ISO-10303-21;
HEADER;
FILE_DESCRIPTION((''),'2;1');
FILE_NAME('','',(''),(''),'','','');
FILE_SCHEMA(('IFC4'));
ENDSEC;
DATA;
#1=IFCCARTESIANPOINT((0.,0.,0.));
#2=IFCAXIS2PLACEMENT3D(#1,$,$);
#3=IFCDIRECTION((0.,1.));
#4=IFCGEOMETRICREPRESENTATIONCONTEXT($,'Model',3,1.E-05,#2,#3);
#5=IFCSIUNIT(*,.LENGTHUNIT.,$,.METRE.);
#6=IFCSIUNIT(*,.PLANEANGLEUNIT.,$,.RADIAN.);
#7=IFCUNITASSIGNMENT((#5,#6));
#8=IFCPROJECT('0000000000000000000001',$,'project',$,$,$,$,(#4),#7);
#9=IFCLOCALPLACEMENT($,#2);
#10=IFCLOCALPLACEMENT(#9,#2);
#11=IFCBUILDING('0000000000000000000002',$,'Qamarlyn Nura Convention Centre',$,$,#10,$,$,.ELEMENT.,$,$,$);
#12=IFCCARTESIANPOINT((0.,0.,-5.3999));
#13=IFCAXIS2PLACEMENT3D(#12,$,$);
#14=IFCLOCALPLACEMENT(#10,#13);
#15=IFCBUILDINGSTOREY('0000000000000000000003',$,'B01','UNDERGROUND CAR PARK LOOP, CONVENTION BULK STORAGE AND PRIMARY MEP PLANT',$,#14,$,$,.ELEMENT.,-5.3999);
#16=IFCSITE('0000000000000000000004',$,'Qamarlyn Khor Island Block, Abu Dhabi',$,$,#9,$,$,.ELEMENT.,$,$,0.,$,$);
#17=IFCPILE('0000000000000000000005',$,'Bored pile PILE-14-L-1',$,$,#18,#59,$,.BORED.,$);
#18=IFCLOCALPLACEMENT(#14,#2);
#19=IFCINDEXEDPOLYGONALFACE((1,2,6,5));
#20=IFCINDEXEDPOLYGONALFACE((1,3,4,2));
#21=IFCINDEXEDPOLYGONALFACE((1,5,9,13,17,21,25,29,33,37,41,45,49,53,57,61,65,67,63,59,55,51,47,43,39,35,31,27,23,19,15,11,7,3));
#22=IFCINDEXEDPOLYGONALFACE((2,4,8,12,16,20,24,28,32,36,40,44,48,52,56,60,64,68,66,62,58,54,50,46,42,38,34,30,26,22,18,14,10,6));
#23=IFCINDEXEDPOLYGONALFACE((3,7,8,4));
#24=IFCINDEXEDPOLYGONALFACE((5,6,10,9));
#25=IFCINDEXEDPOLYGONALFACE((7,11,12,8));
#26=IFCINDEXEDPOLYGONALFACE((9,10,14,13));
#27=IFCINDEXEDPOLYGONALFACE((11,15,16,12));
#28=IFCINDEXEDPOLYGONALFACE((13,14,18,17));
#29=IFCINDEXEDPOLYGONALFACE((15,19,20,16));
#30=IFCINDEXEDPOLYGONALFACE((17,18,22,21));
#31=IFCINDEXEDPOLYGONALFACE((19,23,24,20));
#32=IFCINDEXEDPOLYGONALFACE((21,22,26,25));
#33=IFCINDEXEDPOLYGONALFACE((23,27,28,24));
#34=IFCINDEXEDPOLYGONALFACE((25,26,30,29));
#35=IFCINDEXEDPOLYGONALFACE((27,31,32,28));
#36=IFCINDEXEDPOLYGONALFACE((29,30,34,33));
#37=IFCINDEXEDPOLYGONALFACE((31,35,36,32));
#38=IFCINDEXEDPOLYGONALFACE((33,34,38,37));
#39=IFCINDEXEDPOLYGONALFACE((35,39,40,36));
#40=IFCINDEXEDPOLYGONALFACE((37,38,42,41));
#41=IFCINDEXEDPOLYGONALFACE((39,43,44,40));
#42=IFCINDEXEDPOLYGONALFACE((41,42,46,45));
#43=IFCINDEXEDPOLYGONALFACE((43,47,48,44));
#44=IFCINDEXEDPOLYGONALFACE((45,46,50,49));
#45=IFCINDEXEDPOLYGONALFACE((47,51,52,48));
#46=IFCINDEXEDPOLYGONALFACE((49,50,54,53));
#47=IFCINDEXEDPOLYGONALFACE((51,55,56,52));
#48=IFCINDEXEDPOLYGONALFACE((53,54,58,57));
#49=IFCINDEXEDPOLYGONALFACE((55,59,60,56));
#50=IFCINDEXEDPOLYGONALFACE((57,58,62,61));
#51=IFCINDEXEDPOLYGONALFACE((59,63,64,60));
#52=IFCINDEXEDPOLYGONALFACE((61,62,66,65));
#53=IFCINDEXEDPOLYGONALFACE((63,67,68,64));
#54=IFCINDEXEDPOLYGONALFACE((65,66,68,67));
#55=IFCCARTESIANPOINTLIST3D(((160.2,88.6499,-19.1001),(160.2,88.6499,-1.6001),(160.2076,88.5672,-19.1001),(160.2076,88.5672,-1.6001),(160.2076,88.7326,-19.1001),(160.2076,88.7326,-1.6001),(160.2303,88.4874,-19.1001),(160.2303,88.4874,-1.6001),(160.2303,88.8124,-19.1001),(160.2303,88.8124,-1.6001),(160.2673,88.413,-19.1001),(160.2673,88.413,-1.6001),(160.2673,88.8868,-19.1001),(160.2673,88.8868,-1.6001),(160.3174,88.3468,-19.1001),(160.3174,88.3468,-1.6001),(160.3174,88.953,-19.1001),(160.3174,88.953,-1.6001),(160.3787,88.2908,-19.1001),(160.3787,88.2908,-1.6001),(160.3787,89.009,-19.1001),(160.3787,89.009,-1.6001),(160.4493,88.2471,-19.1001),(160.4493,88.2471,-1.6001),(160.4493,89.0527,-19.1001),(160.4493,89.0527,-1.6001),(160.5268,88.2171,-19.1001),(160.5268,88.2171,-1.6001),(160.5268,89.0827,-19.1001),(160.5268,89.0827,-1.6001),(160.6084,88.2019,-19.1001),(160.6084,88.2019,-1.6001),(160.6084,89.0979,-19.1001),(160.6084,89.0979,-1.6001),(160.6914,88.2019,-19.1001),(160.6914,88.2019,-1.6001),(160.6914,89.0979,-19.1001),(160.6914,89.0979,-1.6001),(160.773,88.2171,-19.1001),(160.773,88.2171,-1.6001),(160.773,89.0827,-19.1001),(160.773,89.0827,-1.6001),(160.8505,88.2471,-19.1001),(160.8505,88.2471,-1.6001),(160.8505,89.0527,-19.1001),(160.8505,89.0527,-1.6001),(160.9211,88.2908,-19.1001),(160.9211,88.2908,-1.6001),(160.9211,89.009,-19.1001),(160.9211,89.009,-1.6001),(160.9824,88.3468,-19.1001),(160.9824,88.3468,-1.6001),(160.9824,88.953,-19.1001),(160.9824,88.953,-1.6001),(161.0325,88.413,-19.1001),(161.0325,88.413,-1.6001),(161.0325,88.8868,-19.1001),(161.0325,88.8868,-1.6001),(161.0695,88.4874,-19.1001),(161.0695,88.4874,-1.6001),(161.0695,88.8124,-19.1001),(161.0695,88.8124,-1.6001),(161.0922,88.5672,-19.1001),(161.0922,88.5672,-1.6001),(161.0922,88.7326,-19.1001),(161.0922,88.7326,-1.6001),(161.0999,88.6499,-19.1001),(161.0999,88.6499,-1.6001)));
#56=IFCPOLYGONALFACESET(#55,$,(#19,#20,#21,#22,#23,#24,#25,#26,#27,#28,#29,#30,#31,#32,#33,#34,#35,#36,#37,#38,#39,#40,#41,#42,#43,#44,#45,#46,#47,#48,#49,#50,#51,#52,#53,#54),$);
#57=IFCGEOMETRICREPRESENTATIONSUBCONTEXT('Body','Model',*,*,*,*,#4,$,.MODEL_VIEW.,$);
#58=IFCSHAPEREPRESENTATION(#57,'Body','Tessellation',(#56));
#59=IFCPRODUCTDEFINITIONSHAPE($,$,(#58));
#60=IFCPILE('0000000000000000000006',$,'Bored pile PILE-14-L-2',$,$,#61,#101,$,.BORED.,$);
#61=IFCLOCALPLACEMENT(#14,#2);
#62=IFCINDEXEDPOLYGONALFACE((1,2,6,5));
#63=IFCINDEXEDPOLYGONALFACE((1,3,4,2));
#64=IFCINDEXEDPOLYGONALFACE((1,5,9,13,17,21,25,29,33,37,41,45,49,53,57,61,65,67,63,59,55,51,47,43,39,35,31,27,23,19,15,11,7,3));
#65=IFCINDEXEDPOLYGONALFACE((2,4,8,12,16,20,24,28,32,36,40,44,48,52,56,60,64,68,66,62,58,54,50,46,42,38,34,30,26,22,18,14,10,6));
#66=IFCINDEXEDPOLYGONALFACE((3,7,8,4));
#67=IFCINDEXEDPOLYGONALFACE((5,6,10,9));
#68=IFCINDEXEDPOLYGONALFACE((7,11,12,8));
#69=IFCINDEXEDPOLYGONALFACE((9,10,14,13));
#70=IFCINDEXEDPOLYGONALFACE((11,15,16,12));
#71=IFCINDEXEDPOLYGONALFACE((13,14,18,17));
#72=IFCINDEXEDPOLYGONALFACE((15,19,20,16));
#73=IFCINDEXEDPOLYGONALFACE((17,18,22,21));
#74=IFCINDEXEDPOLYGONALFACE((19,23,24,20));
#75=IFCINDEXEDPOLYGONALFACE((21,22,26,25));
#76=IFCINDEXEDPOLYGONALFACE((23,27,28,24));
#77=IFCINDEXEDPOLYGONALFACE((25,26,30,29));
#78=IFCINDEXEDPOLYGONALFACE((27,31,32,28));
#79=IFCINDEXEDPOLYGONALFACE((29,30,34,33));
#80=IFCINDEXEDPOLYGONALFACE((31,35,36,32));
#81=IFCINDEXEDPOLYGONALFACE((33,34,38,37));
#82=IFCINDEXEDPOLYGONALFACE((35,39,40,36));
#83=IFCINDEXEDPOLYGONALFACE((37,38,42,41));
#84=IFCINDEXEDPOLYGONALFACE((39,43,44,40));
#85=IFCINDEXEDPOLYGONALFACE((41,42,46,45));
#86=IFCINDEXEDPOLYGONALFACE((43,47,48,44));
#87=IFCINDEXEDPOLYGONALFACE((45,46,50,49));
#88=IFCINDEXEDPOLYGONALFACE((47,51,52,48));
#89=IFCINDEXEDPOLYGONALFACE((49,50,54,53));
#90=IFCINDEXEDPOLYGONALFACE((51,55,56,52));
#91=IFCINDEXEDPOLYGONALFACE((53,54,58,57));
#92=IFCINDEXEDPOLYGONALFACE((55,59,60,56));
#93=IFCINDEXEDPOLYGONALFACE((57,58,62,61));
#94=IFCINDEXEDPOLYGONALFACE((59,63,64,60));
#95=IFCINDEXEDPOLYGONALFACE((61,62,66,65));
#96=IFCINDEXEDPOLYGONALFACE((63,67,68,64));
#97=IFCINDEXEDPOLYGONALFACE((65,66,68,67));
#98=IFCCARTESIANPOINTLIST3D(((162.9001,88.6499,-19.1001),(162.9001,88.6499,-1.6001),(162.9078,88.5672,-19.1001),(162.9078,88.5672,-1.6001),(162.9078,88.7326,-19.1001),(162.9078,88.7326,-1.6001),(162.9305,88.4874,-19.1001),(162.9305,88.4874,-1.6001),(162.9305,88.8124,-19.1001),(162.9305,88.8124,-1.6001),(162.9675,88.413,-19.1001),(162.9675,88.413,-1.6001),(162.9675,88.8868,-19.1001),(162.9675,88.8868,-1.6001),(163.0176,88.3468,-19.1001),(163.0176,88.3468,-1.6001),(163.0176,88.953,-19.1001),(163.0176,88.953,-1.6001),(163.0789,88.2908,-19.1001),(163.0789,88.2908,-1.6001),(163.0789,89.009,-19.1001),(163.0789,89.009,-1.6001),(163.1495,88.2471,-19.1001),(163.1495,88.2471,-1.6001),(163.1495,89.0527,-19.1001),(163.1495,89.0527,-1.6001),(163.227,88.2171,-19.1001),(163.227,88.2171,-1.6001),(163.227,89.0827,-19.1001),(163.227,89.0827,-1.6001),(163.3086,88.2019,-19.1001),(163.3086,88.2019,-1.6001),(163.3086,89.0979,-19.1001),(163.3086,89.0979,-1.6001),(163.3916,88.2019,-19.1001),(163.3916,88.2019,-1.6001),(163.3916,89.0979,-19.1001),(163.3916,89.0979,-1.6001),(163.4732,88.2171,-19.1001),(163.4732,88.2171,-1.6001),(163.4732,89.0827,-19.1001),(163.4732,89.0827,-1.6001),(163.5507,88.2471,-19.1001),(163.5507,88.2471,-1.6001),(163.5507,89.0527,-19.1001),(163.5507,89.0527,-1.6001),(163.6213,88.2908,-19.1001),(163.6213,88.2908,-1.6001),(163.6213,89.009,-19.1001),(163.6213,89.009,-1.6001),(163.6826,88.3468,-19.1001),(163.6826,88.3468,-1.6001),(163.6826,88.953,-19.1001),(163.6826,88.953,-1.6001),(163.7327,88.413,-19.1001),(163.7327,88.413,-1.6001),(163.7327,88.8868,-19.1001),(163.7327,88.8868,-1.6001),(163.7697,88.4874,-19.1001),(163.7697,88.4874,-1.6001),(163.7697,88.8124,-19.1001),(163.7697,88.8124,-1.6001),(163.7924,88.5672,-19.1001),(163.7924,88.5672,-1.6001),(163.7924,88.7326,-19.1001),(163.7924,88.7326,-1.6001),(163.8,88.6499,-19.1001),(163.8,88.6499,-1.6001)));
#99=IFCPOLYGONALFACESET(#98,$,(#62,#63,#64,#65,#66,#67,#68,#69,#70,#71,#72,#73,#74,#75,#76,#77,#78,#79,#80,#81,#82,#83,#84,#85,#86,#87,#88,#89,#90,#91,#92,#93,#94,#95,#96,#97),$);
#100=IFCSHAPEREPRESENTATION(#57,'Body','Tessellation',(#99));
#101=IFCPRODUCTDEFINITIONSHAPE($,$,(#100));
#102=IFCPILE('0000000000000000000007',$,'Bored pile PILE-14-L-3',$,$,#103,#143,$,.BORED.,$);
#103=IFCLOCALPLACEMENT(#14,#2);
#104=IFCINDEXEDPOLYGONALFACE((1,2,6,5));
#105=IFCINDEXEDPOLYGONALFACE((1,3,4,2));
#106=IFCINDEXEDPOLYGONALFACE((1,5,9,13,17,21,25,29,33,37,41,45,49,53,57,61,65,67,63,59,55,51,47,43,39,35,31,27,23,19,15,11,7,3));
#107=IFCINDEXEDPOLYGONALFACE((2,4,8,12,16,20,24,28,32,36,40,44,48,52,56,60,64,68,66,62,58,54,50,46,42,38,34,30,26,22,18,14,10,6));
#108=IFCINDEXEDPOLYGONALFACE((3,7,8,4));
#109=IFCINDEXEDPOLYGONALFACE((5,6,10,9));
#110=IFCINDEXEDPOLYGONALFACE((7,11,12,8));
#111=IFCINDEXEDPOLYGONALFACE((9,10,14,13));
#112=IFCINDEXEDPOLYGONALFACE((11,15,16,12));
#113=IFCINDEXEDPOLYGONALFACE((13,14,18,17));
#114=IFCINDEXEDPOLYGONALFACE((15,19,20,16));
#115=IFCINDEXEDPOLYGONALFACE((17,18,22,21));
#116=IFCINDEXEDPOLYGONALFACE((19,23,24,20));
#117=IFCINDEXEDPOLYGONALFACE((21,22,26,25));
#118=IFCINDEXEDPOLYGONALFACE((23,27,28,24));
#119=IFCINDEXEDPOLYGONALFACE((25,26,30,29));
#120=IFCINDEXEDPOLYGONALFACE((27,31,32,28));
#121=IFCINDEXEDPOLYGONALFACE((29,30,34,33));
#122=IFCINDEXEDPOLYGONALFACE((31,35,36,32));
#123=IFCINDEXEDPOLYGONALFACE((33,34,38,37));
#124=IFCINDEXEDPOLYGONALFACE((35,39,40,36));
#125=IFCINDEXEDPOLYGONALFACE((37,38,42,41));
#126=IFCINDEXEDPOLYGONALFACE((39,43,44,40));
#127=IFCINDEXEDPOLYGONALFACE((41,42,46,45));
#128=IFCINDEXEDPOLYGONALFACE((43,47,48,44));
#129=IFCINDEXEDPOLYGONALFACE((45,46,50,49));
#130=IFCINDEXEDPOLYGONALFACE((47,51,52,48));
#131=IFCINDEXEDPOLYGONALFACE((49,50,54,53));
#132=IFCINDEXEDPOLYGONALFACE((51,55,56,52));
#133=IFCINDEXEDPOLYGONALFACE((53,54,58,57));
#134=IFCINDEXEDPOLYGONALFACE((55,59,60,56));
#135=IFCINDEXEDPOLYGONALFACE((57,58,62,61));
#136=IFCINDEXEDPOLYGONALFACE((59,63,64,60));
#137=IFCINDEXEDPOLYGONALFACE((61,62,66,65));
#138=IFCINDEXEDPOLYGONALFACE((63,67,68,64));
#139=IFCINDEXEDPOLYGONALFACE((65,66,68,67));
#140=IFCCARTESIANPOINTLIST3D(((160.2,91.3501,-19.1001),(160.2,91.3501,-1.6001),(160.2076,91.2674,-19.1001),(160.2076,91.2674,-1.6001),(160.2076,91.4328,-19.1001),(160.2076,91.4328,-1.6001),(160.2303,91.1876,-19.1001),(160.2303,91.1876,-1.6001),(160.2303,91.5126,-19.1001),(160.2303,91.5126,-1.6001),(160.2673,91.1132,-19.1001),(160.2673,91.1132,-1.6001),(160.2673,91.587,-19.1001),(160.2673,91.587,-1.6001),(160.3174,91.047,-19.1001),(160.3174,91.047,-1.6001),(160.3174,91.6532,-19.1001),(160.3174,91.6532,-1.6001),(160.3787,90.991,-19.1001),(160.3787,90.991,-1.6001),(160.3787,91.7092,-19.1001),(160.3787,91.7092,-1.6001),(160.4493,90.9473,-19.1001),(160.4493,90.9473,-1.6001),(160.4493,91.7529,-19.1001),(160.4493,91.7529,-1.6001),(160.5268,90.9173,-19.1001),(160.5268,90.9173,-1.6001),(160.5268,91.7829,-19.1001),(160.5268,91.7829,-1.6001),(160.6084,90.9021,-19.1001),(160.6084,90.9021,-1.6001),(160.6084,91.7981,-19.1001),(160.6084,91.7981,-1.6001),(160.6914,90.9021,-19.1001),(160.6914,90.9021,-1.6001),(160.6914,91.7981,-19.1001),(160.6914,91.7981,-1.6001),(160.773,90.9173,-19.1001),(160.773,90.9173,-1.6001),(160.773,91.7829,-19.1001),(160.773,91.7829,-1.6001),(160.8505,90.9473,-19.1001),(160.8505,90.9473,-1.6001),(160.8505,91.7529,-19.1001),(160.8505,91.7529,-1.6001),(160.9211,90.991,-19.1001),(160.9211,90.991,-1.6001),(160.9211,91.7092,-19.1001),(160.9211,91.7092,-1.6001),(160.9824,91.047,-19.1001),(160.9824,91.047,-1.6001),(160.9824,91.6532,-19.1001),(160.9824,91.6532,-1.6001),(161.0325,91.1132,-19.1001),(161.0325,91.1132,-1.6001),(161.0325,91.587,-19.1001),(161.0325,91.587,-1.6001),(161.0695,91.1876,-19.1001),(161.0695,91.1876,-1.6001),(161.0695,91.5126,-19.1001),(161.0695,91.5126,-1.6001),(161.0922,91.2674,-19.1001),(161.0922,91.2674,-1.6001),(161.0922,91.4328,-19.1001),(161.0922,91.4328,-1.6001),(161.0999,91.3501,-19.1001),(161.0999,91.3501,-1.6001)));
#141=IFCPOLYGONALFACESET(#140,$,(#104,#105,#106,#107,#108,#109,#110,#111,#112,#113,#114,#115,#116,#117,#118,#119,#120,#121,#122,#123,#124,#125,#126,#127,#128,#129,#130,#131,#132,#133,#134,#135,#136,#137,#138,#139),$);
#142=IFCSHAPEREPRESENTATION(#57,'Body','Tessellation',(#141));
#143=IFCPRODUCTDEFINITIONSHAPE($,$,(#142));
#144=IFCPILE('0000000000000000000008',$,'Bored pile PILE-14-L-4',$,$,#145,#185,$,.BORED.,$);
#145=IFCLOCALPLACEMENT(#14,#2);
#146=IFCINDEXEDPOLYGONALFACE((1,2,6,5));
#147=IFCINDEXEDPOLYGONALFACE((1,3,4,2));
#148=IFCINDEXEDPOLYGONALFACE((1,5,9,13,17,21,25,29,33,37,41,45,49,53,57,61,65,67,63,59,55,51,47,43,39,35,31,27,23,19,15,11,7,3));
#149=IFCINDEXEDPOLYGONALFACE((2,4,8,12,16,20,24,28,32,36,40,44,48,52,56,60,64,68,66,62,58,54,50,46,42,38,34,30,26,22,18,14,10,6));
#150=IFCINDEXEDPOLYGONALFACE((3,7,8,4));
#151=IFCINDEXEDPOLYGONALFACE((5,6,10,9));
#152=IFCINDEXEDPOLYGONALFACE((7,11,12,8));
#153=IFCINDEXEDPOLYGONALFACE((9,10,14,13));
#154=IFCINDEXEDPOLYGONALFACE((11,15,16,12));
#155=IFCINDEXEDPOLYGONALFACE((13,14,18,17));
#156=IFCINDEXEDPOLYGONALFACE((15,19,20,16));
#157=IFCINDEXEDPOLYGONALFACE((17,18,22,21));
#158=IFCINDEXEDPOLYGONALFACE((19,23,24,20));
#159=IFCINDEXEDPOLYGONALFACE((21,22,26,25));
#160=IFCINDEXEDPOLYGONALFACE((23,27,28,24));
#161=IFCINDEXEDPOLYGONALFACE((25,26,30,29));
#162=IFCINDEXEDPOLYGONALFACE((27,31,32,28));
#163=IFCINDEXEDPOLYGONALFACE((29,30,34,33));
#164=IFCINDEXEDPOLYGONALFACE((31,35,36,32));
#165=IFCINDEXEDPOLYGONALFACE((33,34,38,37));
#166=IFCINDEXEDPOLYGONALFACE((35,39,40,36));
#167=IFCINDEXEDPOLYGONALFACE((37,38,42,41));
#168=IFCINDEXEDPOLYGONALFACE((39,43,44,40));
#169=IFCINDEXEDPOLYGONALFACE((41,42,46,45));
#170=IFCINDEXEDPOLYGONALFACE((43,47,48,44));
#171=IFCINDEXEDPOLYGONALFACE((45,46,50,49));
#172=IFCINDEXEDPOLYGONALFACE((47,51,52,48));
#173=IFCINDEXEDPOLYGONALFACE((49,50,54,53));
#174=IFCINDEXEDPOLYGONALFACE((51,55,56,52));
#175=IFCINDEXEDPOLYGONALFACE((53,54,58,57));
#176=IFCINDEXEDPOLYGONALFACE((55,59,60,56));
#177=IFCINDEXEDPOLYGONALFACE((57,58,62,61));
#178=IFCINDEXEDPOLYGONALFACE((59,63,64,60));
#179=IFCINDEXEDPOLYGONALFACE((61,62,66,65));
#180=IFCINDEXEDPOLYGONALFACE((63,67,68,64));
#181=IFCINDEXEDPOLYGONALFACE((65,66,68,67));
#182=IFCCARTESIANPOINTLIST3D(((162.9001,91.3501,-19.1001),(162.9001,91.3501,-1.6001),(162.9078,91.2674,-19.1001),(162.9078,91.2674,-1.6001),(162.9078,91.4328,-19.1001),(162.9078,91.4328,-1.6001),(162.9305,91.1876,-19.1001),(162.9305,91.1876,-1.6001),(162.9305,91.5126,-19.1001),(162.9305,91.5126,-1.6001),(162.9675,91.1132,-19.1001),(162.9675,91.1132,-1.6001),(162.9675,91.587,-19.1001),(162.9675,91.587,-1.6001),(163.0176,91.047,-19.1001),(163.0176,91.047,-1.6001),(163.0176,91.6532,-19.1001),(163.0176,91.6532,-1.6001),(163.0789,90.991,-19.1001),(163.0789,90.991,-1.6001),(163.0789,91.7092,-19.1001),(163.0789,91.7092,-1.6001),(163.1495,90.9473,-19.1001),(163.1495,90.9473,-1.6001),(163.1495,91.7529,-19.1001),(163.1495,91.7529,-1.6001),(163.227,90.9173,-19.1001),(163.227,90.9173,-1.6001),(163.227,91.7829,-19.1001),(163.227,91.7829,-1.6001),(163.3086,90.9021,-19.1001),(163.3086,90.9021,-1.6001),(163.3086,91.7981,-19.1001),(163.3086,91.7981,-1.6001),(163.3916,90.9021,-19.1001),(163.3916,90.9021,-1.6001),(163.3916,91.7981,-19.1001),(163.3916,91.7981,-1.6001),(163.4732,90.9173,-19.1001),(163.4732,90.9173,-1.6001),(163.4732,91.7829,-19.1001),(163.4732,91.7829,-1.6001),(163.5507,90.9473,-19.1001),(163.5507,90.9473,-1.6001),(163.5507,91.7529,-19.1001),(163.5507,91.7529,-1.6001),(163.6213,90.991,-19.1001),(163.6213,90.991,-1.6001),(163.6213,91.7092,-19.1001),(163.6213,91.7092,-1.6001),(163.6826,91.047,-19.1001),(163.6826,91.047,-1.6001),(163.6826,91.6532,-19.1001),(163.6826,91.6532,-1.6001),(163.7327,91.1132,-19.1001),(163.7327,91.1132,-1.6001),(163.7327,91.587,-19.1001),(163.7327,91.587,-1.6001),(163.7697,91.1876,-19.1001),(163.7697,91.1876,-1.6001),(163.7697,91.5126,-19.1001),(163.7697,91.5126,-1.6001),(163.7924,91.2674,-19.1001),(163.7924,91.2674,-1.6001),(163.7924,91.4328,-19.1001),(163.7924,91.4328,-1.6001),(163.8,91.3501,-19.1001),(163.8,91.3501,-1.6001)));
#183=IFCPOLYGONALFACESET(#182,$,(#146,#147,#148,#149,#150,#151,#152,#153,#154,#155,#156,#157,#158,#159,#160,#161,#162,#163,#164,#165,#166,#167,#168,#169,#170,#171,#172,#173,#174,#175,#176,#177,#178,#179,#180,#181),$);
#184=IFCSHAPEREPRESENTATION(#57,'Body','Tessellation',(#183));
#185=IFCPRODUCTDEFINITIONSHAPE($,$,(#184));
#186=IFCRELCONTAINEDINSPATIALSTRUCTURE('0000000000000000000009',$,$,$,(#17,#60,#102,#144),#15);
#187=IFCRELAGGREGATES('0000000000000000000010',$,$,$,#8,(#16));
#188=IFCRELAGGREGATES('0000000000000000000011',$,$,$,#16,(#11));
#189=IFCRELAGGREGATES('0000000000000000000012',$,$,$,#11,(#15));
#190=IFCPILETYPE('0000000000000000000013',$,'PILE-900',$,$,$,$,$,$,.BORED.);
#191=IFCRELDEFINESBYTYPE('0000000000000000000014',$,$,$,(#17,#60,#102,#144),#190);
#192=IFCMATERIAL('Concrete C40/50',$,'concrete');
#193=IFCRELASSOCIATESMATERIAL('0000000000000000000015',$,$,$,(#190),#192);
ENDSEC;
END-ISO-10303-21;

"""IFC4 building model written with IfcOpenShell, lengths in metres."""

from ifc_helpers import new_model, si_unit, direction, frame, origin, origin_2d, place, context, subcontext, project, spatial, circle, extrude, material, material_profile, profile_set, type_object, element, save


model = new_model("IFC4")

# Units and contexts
model_context = context("Model", 3, precision=1e-05, world=origin(), true_north=direction((0.0, 1.0)))
body_context = subcontext(model_context, "Body", "Model", "MODEL_VIEW")
ifc_project = project(units=[si_unit("LENGTHUNIT", "METRE"), si_unit("PLANEANGLEUNIT", "RADIAN")], contexts=[model_context])

# Site, building, storey
site_placement = place(None, origin())
site = spatial("IfcSite", under=ifc_project, at=site_placement, Name="Qamarlyn Khor Island Block, Abu Dhabi", CompositionType="ELEMENT", RefElevation=0.0)
building_placement = place(site_placement, origin())
building = spatial("IfcBuilding", under=site, at=building_placement, Name="Qamarlyn Nura Convention Centre", CompositionType="ELEMENT")
storey_placement = place(building_placement, frame((0.0, 0.0, -5.3999)))
storey = spatial("IfcBuildingStorey", under=building, at=storey_placement, Name="B01", Description="UNDERGROUND CAR PARK LOOP, CONVENTION BULK STORAGE AND PRIMARY MEP PLANT", CompositionType="ELEMENT", Elevation=-5.3999)

# Shared definitions
ifc_material_1 = material(Name="Concrete C40/50", Category="concrete")

# Piles
ifc_material_profile_1 = material_profile(ifc_material_1, circle(Radius=0.45, at=origin_2d()), Name="BORED PILE 900")
ifc_profile_set_1 = profile_set([ifc_material_profile_1], Name="Concrete C40/50")
pile_type_1 = type_object("IfcPileType", Name="PILE-900", PredefinedType="BORED", material=ifc_profile_set_1)
for number, where, z_axis, x_axis, name in (
    (1, (160.6499, 88.6499, -1.6001), (0.0, 0.0, -1.0), (1.0, 0.0, 0.0), "Bored pile PILE-14-L-1"),
    (2, (163.3501, 88.6499, -1.6001), (0.0, 0.0, -1.0), (1.0, 0.0, 0.0), "Bored pile PILE-14-L-2"),
    (3, (160.6499, 91.3501, -1.6001), (0.0, 0.0, -1.0), (1.0, 0.0, 0.0), "Bored pile PILE-14-L-3"),
    (4, (163.3501, 91.3501, -1.6001), (0.0, 0.0, -1.0), (1.0, 0.0, 0.0), "Bored pile PILE-14-L-4"),
):
    element("IfcPile", number, at=place(storey_placement, frame(where, z_axis=z_axis, x_axis=x_axis)), inside=storey, type_object=pile_type_1, Name=name, PredefinedType="BORED", context=body_context, shape_type="SweptSolid", body=[
        extrude(circle(Radius=0.45, at=origin_2d()), origin(), (0.0, 0.0, 1.0), 17.5),
    ])

save(model, "model.ifc")
